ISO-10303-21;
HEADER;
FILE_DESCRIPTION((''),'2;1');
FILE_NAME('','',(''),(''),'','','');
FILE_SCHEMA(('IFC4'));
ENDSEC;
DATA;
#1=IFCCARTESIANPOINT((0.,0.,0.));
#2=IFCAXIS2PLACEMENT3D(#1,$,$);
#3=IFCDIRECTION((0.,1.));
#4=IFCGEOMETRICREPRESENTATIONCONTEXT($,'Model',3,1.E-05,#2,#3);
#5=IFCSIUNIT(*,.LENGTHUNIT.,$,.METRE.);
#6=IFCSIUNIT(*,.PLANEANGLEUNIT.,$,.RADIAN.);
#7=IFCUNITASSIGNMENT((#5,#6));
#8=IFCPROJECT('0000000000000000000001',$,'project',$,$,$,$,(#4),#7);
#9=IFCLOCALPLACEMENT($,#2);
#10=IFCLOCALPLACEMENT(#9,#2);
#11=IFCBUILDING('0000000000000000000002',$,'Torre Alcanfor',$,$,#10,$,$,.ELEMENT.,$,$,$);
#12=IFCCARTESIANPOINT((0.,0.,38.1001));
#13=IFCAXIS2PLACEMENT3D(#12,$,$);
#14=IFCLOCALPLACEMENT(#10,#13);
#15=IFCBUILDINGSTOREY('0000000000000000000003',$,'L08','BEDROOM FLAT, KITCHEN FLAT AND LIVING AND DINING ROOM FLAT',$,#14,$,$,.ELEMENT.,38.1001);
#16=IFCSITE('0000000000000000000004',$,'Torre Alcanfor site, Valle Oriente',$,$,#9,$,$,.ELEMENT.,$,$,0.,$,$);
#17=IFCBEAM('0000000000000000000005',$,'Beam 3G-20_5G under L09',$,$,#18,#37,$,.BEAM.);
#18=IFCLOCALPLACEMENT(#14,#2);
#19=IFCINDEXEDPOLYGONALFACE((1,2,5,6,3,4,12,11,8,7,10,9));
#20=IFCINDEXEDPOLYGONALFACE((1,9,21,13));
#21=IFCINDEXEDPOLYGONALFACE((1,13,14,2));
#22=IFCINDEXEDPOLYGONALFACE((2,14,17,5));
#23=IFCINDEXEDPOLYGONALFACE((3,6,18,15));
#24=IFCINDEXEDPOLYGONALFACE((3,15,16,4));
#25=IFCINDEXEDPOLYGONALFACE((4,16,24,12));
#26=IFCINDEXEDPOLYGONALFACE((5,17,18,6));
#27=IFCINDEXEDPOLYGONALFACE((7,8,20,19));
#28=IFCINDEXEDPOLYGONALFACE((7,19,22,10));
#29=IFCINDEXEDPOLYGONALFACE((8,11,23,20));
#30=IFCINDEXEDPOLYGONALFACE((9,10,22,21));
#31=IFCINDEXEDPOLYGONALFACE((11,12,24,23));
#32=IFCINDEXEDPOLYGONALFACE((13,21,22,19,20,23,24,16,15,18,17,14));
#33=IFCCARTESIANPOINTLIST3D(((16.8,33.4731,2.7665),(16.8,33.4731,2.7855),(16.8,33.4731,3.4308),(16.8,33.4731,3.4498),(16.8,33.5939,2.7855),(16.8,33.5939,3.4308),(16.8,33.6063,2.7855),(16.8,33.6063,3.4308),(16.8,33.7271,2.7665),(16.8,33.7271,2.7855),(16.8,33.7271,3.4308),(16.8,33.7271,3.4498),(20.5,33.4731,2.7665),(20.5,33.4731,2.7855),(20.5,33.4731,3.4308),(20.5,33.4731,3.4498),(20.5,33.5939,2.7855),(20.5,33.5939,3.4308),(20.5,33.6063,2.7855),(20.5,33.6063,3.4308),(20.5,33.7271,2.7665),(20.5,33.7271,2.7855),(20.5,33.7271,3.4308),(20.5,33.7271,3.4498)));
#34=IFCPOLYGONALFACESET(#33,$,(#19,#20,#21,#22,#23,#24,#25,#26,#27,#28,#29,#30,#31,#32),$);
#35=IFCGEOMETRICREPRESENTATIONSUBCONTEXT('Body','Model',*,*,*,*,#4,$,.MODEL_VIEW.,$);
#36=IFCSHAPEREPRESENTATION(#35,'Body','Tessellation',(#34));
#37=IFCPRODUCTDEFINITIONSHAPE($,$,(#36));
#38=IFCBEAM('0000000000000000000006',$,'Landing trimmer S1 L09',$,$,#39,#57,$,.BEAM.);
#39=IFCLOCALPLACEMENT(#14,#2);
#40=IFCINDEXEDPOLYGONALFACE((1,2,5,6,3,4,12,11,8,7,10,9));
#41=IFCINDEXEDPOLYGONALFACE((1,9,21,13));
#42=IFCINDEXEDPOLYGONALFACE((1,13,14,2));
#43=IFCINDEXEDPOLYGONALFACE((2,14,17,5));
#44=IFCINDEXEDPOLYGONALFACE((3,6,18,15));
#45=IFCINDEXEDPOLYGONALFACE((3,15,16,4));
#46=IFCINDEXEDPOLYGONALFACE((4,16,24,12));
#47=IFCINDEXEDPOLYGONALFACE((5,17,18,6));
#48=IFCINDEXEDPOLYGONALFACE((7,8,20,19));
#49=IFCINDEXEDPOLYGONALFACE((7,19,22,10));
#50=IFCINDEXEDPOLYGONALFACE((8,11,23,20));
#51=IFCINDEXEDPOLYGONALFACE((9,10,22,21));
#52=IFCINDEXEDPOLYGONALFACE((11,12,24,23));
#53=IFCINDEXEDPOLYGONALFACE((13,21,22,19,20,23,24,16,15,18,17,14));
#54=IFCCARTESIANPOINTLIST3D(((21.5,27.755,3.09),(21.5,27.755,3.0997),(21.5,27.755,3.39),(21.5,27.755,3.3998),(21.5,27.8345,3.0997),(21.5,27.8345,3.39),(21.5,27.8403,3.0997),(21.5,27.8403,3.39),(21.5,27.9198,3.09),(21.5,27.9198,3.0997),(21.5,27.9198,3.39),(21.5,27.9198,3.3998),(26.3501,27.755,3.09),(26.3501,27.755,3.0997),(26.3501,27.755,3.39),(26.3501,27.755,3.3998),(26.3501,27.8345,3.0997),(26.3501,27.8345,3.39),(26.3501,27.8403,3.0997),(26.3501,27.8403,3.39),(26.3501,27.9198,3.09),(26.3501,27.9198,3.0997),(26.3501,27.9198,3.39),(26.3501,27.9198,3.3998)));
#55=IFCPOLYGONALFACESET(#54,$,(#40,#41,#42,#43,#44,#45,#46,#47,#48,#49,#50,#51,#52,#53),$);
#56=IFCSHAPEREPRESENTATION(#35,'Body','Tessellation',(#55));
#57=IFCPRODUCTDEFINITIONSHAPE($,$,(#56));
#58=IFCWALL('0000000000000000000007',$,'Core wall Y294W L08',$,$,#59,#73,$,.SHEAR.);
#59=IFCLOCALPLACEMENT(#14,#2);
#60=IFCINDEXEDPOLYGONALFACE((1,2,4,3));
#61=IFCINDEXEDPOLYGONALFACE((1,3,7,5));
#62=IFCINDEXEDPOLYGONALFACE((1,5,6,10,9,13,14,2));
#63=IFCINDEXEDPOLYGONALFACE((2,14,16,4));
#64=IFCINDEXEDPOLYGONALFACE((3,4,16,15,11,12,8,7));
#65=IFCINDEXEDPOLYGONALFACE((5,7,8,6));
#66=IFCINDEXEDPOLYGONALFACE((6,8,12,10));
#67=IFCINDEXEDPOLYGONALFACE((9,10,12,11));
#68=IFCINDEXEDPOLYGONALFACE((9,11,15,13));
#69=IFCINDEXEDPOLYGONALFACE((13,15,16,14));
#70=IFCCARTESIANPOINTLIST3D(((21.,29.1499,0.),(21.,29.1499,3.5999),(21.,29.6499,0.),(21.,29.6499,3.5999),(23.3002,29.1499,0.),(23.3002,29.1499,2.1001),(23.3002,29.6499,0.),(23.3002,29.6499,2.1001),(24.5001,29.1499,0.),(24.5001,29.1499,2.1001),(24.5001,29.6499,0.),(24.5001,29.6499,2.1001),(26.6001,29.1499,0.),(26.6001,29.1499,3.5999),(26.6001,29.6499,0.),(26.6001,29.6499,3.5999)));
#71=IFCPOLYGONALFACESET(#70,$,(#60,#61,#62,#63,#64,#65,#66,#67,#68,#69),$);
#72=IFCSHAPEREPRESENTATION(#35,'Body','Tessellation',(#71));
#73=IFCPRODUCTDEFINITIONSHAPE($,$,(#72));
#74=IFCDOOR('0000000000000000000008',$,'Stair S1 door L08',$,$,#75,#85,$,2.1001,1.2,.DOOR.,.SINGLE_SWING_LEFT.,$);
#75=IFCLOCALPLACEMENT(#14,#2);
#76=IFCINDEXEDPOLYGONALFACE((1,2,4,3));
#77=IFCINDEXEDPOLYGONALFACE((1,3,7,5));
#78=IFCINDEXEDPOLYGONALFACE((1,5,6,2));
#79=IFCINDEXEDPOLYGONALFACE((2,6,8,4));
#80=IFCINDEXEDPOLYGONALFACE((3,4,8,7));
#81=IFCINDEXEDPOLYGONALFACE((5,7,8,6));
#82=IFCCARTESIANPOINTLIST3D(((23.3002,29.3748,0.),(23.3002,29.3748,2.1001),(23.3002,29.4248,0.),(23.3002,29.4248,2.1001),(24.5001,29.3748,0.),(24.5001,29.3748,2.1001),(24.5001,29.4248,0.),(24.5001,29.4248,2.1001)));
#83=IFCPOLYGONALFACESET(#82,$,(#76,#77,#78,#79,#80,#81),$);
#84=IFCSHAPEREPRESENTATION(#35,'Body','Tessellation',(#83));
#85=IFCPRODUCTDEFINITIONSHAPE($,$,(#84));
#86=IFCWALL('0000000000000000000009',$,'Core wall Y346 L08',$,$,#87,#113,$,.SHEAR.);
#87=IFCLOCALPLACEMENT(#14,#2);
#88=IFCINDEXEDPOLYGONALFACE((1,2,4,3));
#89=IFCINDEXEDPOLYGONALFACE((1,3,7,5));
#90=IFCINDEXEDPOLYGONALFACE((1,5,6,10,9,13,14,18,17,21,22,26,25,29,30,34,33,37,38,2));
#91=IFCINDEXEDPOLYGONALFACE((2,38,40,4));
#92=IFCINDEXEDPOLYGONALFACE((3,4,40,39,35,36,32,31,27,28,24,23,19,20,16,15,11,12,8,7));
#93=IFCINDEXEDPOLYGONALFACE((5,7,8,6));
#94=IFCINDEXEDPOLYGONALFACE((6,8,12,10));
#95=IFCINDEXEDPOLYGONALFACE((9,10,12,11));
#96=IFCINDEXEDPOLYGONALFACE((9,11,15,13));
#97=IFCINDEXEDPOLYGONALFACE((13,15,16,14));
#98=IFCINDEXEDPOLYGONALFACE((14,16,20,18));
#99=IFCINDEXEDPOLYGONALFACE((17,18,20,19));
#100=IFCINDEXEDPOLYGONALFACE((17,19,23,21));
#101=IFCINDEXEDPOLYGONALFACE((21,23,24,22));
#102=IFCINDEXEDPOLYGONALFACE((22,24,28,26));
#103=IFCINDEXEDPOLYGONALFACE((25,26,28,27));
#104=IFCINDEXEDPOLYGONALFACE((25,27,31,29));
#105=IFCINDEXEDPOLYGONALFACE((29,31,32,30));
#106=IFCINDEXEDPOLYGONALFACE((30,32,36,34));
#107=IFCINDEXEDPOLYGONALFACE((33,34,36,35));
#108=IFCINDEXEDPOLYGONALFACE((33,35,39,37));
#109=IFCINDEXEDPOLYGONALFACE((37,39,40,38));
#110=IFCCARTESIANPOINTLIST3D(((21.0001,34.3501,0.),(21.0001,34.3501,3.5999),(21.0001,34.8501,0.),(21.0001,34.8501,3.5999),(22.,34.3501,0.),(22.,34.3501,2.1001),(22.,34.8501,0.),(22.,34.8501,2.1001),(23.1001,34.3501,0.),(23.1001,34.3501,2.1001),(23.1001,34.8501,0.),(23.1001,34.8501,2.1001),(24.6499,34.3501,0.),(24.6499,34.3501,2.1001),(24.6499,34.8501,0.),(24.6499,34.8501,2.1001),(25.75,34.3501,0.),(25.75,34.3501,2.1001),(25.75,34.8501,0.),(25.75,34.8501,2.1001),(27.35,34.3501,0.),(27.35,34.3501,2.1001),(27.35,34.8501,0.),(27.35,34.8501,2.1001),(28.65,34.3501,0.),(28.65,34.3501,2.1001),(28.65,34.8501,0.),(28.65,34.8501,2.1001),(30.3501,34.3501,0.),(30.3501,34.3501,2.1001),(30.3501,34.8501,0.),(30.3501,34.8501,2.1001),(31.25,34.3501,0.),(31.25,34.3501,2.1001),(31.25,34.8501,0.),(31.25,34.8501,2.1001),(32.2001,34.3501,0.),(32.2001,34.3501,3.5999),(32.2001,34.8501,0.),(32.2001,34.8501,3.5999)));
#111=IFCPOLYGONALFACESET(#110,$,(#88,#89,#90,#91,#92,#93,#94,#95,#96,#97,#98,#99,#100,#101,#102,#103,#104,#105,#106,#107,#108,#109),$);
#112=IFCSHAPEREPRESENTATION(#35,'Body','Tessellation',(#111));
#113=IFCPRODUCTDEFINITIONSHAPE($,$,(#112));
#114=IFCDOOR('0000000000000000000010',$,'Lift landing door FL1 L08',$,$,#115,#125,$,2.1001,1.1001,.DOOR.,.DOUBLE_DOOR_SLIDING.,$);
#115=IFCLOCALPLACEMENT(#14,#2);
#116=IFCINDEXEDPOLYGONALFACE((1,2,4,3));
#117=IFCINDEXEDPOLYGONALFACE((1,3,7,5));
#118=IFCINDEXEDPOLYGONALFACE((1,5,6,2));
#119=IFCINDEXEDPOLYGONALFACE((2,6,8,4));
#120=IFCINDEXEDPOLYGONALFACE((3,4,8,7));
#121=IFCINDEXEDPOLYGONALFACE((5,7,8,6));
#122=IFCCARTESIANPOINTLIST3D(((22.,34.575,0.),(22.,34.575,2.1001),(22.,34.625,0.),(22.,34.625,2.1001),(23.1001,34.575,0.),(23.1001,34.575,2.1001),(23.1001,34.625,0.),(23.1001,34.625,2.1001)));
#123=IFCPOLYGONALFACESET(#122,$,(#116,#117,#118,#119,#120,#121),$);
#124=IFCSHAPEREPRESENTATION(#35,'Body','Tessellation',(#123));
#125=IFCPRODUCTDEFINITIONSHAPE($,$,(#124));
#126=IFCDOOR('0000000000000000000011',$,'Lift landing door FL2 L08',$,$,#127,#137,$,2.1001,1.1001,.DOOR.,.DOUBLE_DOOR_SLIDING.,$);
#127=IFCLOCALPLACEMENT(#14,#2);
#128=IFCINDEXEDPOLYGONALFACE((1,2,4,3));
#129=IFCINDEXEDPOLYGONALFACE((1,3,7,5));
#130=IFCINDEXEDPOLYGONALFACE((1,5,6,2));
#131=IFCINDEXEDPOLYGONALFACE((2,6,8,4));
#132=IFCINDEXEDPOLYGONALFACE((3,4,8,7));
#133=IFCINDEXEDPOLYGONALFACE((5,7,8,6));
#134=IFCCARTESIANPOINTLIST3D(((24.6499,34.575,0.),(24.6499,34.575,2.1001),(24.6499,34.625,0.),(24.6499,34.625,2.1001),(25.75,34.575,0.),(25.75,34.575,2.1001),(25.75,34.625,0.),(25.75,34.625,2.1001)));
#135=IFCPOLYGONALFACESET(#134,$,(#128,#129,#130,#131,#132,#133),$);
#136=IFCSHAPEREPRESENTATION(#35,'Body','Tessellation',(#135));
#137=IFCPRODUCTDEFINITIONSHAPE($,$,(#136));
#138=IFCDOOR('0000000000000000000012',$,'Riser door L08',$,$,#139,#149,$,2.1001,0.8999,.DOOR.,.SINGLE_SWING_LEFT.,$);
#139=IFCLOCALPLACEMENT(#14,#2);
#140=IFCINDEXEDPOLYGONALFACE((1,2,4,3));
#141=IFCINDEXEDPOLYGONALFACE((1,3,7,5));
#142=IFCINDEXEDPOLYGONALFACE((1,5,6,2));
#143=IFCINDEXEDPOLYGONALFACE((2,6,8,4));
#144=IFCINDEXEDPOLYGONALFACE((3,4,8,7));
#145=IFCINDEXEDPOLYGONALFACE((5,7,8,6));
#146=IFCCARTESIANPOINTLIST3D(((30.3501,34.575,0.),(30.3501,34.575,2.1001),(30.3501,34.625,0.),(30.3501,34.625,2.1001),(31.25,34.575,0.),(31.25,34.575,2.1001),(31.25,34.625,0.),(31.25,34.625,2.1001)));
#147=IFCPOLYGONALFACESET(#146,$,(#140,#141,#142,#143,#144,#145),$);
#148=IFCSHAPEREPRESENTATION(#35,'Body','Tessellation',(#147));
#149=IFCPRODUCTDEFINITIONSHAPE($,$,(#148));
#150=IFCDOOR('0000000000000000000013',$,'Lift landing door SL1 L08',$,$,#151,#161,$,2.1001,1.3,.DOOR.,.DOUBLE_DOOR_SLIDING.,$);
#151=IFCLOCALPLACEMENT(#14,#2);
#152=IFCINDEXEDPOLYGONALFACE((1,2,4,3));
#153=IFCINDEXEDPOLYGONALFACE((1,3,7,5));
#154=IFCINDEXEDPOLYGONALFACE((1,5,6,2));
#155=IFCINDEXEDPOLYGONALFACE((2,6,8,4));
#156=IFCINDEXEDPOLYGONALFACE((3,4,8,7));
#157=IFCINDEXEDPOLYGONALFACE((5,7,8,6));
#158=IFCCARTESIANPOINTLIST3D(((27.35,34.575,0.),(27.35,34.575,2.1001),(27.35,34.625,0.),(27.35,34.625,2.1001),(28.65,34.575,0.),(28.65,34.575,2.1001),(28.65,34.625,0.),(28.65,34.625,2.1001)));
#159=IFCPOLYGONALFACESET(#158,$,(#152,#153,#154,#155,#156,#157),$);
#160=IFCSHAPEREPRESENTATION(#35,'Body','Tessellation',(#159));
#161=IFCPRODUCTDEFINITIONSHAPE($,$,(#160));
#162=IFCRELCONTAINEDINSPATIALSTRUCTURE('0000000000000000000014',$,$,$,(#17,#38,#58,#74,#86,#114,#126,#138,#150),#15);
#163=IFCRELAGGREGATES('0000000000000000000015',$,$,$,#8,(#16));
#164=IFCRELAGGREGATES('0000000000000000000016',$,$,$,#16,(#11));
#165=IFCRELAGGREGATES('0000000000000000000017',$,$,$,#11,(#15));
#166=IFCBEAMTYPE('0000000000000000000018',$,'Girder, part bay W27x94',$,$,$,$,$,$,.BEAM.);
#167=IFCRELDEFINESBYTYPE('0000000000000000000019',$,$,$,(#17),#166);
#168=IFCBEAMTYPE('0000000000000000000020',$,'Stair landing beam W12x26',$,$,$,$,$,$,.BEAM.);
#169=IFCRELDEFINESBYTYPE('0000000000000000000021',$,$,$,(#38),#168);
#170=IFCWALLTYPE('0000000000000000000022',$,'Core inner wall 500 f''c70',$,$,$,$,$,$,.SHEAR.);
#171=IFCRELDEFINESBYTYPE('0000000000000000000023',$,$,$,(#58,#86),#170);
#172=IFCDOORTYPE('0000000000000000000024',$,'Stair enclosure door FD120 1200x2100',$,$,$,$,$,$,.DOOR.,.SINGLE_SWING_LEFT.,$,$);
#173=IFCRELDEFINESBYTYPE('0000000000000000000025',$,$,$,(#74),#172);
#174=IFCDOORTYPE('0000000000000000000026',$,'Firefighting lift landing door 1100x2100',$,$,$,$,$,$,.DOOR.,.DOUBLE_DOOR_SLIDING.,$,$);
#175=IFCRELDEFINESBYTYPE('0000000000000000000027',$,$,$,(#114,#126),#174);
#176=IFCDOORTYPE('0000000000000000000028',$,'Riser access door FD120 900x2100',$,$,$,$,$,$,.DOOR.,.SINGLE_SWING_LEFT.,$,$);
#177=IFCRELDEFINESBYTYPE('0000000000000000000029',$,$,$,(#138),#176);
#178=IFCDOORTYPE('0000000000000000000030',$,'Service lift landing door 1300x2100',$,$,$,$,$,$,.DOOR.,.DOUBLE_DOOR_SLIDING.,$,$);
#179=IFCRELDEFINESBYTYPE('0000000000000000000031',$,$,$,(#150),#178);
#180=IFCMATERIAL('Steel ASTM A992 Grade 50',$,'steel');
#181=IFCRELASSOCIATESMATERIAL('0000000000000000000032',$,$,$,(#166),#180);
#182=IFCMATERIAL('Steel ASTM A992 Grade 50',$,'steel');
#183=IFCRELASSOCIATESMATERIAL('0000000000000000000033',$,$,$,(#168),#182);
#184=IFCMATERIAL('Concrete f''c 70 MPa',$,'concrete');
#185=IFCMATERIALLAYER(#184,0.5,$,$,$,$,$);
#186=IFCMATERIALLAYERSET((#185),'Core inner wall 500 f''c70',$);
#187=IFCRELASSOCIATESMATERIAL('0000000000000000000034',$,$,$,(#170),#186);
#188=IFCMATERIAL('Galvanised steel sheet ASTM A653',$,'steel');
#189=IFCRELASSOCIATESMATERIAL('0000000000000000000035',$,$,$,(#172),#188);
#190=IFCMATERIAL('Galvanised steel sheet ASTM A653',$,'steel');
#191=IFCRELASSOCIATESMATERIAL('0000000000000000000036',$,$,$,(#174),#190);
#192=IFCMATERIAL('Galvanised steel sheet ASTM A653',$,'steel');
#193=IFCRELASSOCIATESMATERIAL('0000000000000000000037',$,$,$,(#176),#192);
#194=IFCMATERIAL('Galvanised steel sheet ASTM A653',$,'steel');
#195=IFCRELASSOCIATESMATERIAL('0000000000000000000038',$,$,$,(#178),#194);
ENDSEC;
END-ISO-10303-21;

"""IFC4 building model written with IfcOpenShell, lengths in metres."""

from ifc_helpers import new_model, si_unit, direction, frame, frame_2d, origin, origin_2d, place, context, subcontext, project, spatial, rectangle, i_section, extrude, material, layer, layer_set, material_profile, profile_set, type_object, element, fill, save


model = new_model("IFC4")

# Units and contexts
model_context = context("Model", 3, precision=1e-05, world=origin(), true_north=direction((0.0, 1.0)))
body_context = subcontext(model_context, "Body", "Model", "MODEL_VIEW")
ifc_project = project(units=[si_unit("LENGTHUNIT", "METRE"), si_unit("PLANEANGLEUNIT", "RADIAN")], contexts=[model_context])

# Site, building, storey
site_placement = place(None, origin())
site = spatial("IfcSite", under=ifc_project, at=site_placement, Name="Torre Alcanfor site, Valle Oriente", CompositionType="ELEMENT", RefElevation=0.0)
building_placement = place(site_placement, origin())
building = spatial("IfcBuilding", under=site, at=building_placement, Name="Torre Alcanfor", CompositionType="ELEMENT")
storey_placement = place(building_placement, frame((0.0, 0.0, 38.1001)))
storey = spatial("IfcBuildingStorey", under=building, at=storey_placement, Name="L08", Description="BEDROOM FLAT, KITCHEN FLAT AND LIVING AND DINING ROOM FLAT", CompositionType="ELEMENT", Elevation=38.1001)

# Beams
ifc_material_1 = material(Name="Steel ASTM A992 Grade 50", Category="steel")
ifc_material_profile_1 = material_profile(ifc_material_1, i_section(OverallWidth=0.2539, OverallDepth=0.6833, WebThickness=0.0125, FlangeThickness=0.019, at=origin_2d()), Name="W27x94")
ifc_profile_set_1 = profile_set([ifc_material_profile_1], Name="Steel ASTM A992 Grade 50")
beam_type_1 = type_object("IfcBeamType", Name="Girder, part bay W27x94", PredefinedType="BEAM", material=ifc_profile_set_1)
beam_1_placement = place(storey_placement, frame((16.8, 33.6001, 3.1082), z_axis=(1.0, 0.0, 0.0), x_axis=(0.0, 1.0, 0.0)))
element("IfcBeam", 1, at=beam_1_placement, inside=storey, type_object=beam_type_1, Name="Beam 3G-20_5G under L09", PredefinedType="BEAM", context=body_context, shape_type="SweptSolid", body=[
    extrude(i_section(OverallWidth=0.2539, OverallDepth=0.6833, WebThickness=0.0125, FlangeThickness=0.019, at=origin_2d()), origin(), (0.0, 0.0, 1.0), 3.7),
])
ifc_material_2 = material(Name="Steel ASTM A992 Grade 50", Category="steel")
ifc_material_profile_2 = material_profile(ifc_material_2, i_section(OverallWidth=0.1648, OverallDepth=0.3098, WebThickness=0.0059, FlangeThickness=0.0098, at=origin_2d()), Name="W12x26")
ifc_profile_set_2 = profile_set([ifc_material_profile_2], Name="Steel ASTM A992 Grade 50")
beam_type_2 = type_object("IfcBeamType", Name="Stair landing beam W12x26", PredefinedType="BEAM", material=ifc_profile_set_2)
beam_2_placement = place(storey_placement, frame((21.5, 27.8374, 3.2449), z_axis=(1.0, 0.0, 0.0), x_axis=(0.0, 1.0, 0.0)))
element("IfcBeam", 2, at=beam_2_placement, inside=storey, type_object=beam_type_2, Name="Landing trimmer S1 L09", PredefinedType="BEAM", context=body_context, shape_type="SweptSolid", body=[
    extrude(i_section(OverallWidth=0.1648, OverallDepth=0.3098, WebThickness=0.0059, FlangeThickness=0.0098, at=origin_2d()), origin(), (0.0, 0.0, 1.0), 4.8501),
])

# Wall, opening, door
ifc_material_3 = material(Name="Concrete f'c 70 MPa", Category="concrete")
ifc_layer_1 = layer(ifc_material_3, 0.5)
ifc_layer_set_1 = layer_set([ifc_layer_1], Name="Core inner wall 500 f'c70")
wall_type_1 = type_object("IfcWallType", Name="Core inner wall 500 f'c70", PredefinedType="SHEAR", material=ifc_layer_set_1)
wall_1_placement = place(storey_placement, frame((21.0, 29.3999, 0.0), z_axis=(0.0, 0.0, 1.0), x_axis=(1.0, 0.0, 0.0)))
wall_1 = element("IfcWall", 3, at=wall_1_placement, inside=storey, type_object=wall_type_1, Name="Core wall Y294W L08", PredefinedType="SHEAR", context=body_context, shape_type="SweptSolid", body=[
    extrude(rectangle(XDim=5.6001, YDim=0.5, at=frame_2d((2.8, 0.0))), origin(), (0.0, 0.0, 1.0), 3.5999),
])
opening_1_placement = place(wall_1_placement, frame((2.3, 0.0, 0.0)))
opening_1 = element("IfcOpeningElement", 4, at=opening_1_placement, cuts=wall_1, PredefinedType="OPENING", context=body_context, shape_type="SweptSolid", body=[
    extrude(rectangle(XDim=1.2, YDim=2.1001, at=frame_2d((0.6001, 1.05))), frame((0.0, 0.26, 0.0), z_axis=(0.0, -1.0, 0.0), x_axis=(1.0, 0.0, 0.0)), (0.0, 0.0, 1.0), 0.52),
])
ifc_material_4 = material(Name="Galvanised steel sheet ASTM A653", Category="steel")
door_type_1 = type_object("IfcDoorType", Name="Stair enclosure door FD120 1200x2100", OperationType="SINGLE_SWING_LEFT", PredefinedType="DOOR", material=ifc_material_4)
door_1_placement = place(opening_1_placement, frame((1.2, 0.0, 0.0), z_axis=(0.0, 0.0, 1.0), x_axis=(-1.0, 0.0, 0.0)))
door_1 = element("IfcDoor", 5, at=door_1_placement, inside=storey, type_object=door_type_1, Name="Stair S1 door L08", OperationType="SINGLE_SWING_LEFT", OverallHeight=2.1001, OverallWidth=1.2, PredefinedType="DOOR", context=body_context, shape_type="SweptSolid", body=[
    extrude(rectangle(XDim=1.2, YDim=2.1001, at=frame_2d((0.5999, 1.05))), frame((0.0, 0.0251, 0.0), z_axis=(0.0, -1.0, 0.0), x_axis=(1.0, 0.0, 0.0)), (0.0, 0.0, 1.0), 0.05),
])
fill(opening_1, door_1)

# Wall, openings, doors
wall_2_placement = place(storey_placement, frame((21.0, 34.6001, 0.0), z_axis=(0.0, 0.0, 1.0), x_axis=(1.0, 0.0, 0.0)))
wall_2 = element("IfcWall", 6, at=wall_2_placement, inside=storey, type_object=wall_type_1, Name="Core wall Y346 L08", PredefinedType="SHEAR", context=body_context, shape_type="SweptSolid", body=[
    extrude(rectangle(XDim=11.2, YDim=0.5, at=frame_2d((5.6001, 0.0))), origin(), (0.0, 0.0, 1.0), 3.5999),
])
opening_2_placement = place(wall_2_placement, frame((9.3501, 0.0, 0.0)))
opening_2 = element("IfcOpeningElement", 7, at=opening_2_placement, cuts=wall_2, PredefinedType="OPENING", context=body_context, shape_type="SweptSolid", body=[
    extrude(rectangle(XDim=0.8999, YDim=2.1001, at=frame_2d((0.45, 1.05))), frame((0.0, 0.26, 0.0), z_axis=(0.0, -1.0, 0.0), x_axis=(1.0, 0.0, 0.0)), (0.0, 0.0, 1.0), 0.52),
])
opening_3_placement = place(wall_2_placement, frame((1.0, 0.0, 0.0)))
opening_3 = element("IfcOpeningElement", 8, at=opening_3_placement, cuts=wall_2, PredefinedType="OPENING", context=body_context, shape_type="SweptSolid", body=[
    extrude(rectangle(XDim=1.1001, YDim=2.1001, at=frame_2d((0.55, 1.05))), frame((0.0, 0.26, 0.0), z_axis=(0.0, -1.0, 0.0), x_axis=(1.0, 0.0, 0.0)), (0.0, 0.0, 1.0), 0.52),
])
opening_4_placement = place(wall_2_placement, frame((3.6499, 0.0, 0.0)))
opening_4 = element("IfcOpeningElement", 9, at=opening_4_placement, cuts=wall_2, PredefinedType="OPENING", context=body_context, shape_type="SweptSolid", body=[
    extrude(rectangle(XDim=1.1001, YDim=2.1001, at=frame_2d((0.55, 1.05))), frame((0.0, 0.26, 0.0), z_axis=(0.0, -1.0, 0.0), x_axis=(1.0, 0.0, 0.0)), (0.0, 0.0, 1.0), 0.52),
])
opening_5_placement = place(wall_2_placement, frame((6.3501, 0.0, 0.0)))
opening_5 = element("IfcOpeningElement", 10, at=opening_5_placement, cuts=wall_2, PredefinedType="OPENING", context=body_context, shape_type="SweptSolid", body=[
    extrude(rectangle(XDim=1.3, YDim=2.1001, at=frame_2d((0.6499, 1.05))), frame((0.0, 0.26, 0.0), z_axis=(0.0, -1.0, 0.0), x_axis=(1.0, 0.0, 0.0)), (0.0, 0.0, 1.0), 0.52),
])
ifc_material_5 = material(Name="Galvanised steel sheet ASTM A653", Category="steel")
door_type_2 = type_object("IfcDoorType", Name="Firefighting lift landing door 1100x2100", OperationType="DOUBLE_DOOR_SLIDING", PredefinedType="DOOR", material=ifc_material_5)
door_2_placement = place(opening_3_placement, origin())
door_2 = element("IfcDoor", 11, at=door_2_placement, inside=storey, type_object=door_type_2, Name="Lift landing door FL1 L08", OperationType="DOUBLE_DOOR_SLIDING", OverallHeight=2.1001, OverallWidth=1.1001, PredefinedType="DOOR", context=body_context, shape_type="SweptSolid", body=[
    extrude(rectangle(XDim=1.1001, YDim=2.1001, at=frame_2d((0.55, 1.05))), frame((0.0, 0.0249, 0.0), z_axis=(0.0, -1.0, 0.0), x_axis=(1.0, 0.0, 0.0)), (0.0, 0.0, 1.0), 0.05),
])
fill(opening_3, door_2)
door_3_placement = place(opening_4_placement, origin())
door_3 = element("IfcDoor", 12, at=door_3_placement, inside=storey, type_object=door_type_2, Name="Lift landing door FL2 L08", OperationType="DOUBLE_DOOR_SLIDING", OverallHeight=2.1001, OverallWidth=1.1001, PredefinedType="DOOR", context=body_context, shape_type="SweptSolid", body=[
    extrude(rectangle(XDim=1.1001, YDim=2.1001, at=frame_2d((0.55, 1.05))), frame((0.0, 0.0249, 0.0), z_axis=(0.0, -1.0, 0.0), x_axis=(1.0, 0.0, 0.0)), (0.0, 0.0, 1.0), 0.05),
])
fill(opening_4, door_3)
ifc_material_6 = material(Name="Galvanised steel sheet ASTM A653", Category="steel")
door_type_3 = type_object("IfcDoorType", Name="Riser access door FD120 900x2100", OperationType="SINGLE_SWING_LEFT", PredefinedType="DOOR", material=ifc_material_6)
door_4_placement = place(opening_2_placement, origin())
door_4 = element("IfcDoor", 13, at=door_4_placement, inside=storey, type_object=door_type_3, Name="Riser door L08", OperationType="SINGLE_SWING_LEFT", OverallHeight=2.1001, OverallWidth=0.8999, PredefinedType="DOOR", context=body_context, shape_type="SweptSolid", body=[
    extrude(rectangle(XDim=0.8999, YDim=2.1001, at=frame_2d((0.45, 1.05))), frame((0.0, 0.0249, 0.0), z_axis=(0.0, -1.0, 0.0), x_axis=(1.0, 0.0, 0.0)), (0.0, 0.0, 1.0), 0.05),
])
fill(opening_2, door_4)
ifc_material_7 = material(Name="Galvanised steel sheet ASTM A653", Category="steel")
door_type_4 = type_object("IfcDoorType", Name="Service lift landing door 1300x2100", OperationType="DOUBLE_DOOR_SLIDING", PredefinedType="DOOR", material=ifc_material_7)
door_5_placement = place(opening_5_placement, origin())
door_5 = element("IfcDoor", 14, at=door_5_placement, inside=storey, type_object=door_type_4, Name="Lift landing door SL1 L08", OperationType="DOUBLE_DOOR_SLIDING", OverallHeight=2.1001, OverallWidth=1.3, PredefinedType="DOOR", context=body_context, shape_type="SweptSolid", body=[
    extrude(rectangle(XDim=1.3, YDim=2.1001, at=frame_2d((0.6499, 1.05))), frame((0.0, 0.0249, 0.0), z_axis=(0.0, -1.0, 0.0), x_axis=(1.0, 0.0, 0.0)), (0.0, 0.0, 1.0), 0.05),
])
fill(opening_5, door_5)

save(model, "model.ifc")
